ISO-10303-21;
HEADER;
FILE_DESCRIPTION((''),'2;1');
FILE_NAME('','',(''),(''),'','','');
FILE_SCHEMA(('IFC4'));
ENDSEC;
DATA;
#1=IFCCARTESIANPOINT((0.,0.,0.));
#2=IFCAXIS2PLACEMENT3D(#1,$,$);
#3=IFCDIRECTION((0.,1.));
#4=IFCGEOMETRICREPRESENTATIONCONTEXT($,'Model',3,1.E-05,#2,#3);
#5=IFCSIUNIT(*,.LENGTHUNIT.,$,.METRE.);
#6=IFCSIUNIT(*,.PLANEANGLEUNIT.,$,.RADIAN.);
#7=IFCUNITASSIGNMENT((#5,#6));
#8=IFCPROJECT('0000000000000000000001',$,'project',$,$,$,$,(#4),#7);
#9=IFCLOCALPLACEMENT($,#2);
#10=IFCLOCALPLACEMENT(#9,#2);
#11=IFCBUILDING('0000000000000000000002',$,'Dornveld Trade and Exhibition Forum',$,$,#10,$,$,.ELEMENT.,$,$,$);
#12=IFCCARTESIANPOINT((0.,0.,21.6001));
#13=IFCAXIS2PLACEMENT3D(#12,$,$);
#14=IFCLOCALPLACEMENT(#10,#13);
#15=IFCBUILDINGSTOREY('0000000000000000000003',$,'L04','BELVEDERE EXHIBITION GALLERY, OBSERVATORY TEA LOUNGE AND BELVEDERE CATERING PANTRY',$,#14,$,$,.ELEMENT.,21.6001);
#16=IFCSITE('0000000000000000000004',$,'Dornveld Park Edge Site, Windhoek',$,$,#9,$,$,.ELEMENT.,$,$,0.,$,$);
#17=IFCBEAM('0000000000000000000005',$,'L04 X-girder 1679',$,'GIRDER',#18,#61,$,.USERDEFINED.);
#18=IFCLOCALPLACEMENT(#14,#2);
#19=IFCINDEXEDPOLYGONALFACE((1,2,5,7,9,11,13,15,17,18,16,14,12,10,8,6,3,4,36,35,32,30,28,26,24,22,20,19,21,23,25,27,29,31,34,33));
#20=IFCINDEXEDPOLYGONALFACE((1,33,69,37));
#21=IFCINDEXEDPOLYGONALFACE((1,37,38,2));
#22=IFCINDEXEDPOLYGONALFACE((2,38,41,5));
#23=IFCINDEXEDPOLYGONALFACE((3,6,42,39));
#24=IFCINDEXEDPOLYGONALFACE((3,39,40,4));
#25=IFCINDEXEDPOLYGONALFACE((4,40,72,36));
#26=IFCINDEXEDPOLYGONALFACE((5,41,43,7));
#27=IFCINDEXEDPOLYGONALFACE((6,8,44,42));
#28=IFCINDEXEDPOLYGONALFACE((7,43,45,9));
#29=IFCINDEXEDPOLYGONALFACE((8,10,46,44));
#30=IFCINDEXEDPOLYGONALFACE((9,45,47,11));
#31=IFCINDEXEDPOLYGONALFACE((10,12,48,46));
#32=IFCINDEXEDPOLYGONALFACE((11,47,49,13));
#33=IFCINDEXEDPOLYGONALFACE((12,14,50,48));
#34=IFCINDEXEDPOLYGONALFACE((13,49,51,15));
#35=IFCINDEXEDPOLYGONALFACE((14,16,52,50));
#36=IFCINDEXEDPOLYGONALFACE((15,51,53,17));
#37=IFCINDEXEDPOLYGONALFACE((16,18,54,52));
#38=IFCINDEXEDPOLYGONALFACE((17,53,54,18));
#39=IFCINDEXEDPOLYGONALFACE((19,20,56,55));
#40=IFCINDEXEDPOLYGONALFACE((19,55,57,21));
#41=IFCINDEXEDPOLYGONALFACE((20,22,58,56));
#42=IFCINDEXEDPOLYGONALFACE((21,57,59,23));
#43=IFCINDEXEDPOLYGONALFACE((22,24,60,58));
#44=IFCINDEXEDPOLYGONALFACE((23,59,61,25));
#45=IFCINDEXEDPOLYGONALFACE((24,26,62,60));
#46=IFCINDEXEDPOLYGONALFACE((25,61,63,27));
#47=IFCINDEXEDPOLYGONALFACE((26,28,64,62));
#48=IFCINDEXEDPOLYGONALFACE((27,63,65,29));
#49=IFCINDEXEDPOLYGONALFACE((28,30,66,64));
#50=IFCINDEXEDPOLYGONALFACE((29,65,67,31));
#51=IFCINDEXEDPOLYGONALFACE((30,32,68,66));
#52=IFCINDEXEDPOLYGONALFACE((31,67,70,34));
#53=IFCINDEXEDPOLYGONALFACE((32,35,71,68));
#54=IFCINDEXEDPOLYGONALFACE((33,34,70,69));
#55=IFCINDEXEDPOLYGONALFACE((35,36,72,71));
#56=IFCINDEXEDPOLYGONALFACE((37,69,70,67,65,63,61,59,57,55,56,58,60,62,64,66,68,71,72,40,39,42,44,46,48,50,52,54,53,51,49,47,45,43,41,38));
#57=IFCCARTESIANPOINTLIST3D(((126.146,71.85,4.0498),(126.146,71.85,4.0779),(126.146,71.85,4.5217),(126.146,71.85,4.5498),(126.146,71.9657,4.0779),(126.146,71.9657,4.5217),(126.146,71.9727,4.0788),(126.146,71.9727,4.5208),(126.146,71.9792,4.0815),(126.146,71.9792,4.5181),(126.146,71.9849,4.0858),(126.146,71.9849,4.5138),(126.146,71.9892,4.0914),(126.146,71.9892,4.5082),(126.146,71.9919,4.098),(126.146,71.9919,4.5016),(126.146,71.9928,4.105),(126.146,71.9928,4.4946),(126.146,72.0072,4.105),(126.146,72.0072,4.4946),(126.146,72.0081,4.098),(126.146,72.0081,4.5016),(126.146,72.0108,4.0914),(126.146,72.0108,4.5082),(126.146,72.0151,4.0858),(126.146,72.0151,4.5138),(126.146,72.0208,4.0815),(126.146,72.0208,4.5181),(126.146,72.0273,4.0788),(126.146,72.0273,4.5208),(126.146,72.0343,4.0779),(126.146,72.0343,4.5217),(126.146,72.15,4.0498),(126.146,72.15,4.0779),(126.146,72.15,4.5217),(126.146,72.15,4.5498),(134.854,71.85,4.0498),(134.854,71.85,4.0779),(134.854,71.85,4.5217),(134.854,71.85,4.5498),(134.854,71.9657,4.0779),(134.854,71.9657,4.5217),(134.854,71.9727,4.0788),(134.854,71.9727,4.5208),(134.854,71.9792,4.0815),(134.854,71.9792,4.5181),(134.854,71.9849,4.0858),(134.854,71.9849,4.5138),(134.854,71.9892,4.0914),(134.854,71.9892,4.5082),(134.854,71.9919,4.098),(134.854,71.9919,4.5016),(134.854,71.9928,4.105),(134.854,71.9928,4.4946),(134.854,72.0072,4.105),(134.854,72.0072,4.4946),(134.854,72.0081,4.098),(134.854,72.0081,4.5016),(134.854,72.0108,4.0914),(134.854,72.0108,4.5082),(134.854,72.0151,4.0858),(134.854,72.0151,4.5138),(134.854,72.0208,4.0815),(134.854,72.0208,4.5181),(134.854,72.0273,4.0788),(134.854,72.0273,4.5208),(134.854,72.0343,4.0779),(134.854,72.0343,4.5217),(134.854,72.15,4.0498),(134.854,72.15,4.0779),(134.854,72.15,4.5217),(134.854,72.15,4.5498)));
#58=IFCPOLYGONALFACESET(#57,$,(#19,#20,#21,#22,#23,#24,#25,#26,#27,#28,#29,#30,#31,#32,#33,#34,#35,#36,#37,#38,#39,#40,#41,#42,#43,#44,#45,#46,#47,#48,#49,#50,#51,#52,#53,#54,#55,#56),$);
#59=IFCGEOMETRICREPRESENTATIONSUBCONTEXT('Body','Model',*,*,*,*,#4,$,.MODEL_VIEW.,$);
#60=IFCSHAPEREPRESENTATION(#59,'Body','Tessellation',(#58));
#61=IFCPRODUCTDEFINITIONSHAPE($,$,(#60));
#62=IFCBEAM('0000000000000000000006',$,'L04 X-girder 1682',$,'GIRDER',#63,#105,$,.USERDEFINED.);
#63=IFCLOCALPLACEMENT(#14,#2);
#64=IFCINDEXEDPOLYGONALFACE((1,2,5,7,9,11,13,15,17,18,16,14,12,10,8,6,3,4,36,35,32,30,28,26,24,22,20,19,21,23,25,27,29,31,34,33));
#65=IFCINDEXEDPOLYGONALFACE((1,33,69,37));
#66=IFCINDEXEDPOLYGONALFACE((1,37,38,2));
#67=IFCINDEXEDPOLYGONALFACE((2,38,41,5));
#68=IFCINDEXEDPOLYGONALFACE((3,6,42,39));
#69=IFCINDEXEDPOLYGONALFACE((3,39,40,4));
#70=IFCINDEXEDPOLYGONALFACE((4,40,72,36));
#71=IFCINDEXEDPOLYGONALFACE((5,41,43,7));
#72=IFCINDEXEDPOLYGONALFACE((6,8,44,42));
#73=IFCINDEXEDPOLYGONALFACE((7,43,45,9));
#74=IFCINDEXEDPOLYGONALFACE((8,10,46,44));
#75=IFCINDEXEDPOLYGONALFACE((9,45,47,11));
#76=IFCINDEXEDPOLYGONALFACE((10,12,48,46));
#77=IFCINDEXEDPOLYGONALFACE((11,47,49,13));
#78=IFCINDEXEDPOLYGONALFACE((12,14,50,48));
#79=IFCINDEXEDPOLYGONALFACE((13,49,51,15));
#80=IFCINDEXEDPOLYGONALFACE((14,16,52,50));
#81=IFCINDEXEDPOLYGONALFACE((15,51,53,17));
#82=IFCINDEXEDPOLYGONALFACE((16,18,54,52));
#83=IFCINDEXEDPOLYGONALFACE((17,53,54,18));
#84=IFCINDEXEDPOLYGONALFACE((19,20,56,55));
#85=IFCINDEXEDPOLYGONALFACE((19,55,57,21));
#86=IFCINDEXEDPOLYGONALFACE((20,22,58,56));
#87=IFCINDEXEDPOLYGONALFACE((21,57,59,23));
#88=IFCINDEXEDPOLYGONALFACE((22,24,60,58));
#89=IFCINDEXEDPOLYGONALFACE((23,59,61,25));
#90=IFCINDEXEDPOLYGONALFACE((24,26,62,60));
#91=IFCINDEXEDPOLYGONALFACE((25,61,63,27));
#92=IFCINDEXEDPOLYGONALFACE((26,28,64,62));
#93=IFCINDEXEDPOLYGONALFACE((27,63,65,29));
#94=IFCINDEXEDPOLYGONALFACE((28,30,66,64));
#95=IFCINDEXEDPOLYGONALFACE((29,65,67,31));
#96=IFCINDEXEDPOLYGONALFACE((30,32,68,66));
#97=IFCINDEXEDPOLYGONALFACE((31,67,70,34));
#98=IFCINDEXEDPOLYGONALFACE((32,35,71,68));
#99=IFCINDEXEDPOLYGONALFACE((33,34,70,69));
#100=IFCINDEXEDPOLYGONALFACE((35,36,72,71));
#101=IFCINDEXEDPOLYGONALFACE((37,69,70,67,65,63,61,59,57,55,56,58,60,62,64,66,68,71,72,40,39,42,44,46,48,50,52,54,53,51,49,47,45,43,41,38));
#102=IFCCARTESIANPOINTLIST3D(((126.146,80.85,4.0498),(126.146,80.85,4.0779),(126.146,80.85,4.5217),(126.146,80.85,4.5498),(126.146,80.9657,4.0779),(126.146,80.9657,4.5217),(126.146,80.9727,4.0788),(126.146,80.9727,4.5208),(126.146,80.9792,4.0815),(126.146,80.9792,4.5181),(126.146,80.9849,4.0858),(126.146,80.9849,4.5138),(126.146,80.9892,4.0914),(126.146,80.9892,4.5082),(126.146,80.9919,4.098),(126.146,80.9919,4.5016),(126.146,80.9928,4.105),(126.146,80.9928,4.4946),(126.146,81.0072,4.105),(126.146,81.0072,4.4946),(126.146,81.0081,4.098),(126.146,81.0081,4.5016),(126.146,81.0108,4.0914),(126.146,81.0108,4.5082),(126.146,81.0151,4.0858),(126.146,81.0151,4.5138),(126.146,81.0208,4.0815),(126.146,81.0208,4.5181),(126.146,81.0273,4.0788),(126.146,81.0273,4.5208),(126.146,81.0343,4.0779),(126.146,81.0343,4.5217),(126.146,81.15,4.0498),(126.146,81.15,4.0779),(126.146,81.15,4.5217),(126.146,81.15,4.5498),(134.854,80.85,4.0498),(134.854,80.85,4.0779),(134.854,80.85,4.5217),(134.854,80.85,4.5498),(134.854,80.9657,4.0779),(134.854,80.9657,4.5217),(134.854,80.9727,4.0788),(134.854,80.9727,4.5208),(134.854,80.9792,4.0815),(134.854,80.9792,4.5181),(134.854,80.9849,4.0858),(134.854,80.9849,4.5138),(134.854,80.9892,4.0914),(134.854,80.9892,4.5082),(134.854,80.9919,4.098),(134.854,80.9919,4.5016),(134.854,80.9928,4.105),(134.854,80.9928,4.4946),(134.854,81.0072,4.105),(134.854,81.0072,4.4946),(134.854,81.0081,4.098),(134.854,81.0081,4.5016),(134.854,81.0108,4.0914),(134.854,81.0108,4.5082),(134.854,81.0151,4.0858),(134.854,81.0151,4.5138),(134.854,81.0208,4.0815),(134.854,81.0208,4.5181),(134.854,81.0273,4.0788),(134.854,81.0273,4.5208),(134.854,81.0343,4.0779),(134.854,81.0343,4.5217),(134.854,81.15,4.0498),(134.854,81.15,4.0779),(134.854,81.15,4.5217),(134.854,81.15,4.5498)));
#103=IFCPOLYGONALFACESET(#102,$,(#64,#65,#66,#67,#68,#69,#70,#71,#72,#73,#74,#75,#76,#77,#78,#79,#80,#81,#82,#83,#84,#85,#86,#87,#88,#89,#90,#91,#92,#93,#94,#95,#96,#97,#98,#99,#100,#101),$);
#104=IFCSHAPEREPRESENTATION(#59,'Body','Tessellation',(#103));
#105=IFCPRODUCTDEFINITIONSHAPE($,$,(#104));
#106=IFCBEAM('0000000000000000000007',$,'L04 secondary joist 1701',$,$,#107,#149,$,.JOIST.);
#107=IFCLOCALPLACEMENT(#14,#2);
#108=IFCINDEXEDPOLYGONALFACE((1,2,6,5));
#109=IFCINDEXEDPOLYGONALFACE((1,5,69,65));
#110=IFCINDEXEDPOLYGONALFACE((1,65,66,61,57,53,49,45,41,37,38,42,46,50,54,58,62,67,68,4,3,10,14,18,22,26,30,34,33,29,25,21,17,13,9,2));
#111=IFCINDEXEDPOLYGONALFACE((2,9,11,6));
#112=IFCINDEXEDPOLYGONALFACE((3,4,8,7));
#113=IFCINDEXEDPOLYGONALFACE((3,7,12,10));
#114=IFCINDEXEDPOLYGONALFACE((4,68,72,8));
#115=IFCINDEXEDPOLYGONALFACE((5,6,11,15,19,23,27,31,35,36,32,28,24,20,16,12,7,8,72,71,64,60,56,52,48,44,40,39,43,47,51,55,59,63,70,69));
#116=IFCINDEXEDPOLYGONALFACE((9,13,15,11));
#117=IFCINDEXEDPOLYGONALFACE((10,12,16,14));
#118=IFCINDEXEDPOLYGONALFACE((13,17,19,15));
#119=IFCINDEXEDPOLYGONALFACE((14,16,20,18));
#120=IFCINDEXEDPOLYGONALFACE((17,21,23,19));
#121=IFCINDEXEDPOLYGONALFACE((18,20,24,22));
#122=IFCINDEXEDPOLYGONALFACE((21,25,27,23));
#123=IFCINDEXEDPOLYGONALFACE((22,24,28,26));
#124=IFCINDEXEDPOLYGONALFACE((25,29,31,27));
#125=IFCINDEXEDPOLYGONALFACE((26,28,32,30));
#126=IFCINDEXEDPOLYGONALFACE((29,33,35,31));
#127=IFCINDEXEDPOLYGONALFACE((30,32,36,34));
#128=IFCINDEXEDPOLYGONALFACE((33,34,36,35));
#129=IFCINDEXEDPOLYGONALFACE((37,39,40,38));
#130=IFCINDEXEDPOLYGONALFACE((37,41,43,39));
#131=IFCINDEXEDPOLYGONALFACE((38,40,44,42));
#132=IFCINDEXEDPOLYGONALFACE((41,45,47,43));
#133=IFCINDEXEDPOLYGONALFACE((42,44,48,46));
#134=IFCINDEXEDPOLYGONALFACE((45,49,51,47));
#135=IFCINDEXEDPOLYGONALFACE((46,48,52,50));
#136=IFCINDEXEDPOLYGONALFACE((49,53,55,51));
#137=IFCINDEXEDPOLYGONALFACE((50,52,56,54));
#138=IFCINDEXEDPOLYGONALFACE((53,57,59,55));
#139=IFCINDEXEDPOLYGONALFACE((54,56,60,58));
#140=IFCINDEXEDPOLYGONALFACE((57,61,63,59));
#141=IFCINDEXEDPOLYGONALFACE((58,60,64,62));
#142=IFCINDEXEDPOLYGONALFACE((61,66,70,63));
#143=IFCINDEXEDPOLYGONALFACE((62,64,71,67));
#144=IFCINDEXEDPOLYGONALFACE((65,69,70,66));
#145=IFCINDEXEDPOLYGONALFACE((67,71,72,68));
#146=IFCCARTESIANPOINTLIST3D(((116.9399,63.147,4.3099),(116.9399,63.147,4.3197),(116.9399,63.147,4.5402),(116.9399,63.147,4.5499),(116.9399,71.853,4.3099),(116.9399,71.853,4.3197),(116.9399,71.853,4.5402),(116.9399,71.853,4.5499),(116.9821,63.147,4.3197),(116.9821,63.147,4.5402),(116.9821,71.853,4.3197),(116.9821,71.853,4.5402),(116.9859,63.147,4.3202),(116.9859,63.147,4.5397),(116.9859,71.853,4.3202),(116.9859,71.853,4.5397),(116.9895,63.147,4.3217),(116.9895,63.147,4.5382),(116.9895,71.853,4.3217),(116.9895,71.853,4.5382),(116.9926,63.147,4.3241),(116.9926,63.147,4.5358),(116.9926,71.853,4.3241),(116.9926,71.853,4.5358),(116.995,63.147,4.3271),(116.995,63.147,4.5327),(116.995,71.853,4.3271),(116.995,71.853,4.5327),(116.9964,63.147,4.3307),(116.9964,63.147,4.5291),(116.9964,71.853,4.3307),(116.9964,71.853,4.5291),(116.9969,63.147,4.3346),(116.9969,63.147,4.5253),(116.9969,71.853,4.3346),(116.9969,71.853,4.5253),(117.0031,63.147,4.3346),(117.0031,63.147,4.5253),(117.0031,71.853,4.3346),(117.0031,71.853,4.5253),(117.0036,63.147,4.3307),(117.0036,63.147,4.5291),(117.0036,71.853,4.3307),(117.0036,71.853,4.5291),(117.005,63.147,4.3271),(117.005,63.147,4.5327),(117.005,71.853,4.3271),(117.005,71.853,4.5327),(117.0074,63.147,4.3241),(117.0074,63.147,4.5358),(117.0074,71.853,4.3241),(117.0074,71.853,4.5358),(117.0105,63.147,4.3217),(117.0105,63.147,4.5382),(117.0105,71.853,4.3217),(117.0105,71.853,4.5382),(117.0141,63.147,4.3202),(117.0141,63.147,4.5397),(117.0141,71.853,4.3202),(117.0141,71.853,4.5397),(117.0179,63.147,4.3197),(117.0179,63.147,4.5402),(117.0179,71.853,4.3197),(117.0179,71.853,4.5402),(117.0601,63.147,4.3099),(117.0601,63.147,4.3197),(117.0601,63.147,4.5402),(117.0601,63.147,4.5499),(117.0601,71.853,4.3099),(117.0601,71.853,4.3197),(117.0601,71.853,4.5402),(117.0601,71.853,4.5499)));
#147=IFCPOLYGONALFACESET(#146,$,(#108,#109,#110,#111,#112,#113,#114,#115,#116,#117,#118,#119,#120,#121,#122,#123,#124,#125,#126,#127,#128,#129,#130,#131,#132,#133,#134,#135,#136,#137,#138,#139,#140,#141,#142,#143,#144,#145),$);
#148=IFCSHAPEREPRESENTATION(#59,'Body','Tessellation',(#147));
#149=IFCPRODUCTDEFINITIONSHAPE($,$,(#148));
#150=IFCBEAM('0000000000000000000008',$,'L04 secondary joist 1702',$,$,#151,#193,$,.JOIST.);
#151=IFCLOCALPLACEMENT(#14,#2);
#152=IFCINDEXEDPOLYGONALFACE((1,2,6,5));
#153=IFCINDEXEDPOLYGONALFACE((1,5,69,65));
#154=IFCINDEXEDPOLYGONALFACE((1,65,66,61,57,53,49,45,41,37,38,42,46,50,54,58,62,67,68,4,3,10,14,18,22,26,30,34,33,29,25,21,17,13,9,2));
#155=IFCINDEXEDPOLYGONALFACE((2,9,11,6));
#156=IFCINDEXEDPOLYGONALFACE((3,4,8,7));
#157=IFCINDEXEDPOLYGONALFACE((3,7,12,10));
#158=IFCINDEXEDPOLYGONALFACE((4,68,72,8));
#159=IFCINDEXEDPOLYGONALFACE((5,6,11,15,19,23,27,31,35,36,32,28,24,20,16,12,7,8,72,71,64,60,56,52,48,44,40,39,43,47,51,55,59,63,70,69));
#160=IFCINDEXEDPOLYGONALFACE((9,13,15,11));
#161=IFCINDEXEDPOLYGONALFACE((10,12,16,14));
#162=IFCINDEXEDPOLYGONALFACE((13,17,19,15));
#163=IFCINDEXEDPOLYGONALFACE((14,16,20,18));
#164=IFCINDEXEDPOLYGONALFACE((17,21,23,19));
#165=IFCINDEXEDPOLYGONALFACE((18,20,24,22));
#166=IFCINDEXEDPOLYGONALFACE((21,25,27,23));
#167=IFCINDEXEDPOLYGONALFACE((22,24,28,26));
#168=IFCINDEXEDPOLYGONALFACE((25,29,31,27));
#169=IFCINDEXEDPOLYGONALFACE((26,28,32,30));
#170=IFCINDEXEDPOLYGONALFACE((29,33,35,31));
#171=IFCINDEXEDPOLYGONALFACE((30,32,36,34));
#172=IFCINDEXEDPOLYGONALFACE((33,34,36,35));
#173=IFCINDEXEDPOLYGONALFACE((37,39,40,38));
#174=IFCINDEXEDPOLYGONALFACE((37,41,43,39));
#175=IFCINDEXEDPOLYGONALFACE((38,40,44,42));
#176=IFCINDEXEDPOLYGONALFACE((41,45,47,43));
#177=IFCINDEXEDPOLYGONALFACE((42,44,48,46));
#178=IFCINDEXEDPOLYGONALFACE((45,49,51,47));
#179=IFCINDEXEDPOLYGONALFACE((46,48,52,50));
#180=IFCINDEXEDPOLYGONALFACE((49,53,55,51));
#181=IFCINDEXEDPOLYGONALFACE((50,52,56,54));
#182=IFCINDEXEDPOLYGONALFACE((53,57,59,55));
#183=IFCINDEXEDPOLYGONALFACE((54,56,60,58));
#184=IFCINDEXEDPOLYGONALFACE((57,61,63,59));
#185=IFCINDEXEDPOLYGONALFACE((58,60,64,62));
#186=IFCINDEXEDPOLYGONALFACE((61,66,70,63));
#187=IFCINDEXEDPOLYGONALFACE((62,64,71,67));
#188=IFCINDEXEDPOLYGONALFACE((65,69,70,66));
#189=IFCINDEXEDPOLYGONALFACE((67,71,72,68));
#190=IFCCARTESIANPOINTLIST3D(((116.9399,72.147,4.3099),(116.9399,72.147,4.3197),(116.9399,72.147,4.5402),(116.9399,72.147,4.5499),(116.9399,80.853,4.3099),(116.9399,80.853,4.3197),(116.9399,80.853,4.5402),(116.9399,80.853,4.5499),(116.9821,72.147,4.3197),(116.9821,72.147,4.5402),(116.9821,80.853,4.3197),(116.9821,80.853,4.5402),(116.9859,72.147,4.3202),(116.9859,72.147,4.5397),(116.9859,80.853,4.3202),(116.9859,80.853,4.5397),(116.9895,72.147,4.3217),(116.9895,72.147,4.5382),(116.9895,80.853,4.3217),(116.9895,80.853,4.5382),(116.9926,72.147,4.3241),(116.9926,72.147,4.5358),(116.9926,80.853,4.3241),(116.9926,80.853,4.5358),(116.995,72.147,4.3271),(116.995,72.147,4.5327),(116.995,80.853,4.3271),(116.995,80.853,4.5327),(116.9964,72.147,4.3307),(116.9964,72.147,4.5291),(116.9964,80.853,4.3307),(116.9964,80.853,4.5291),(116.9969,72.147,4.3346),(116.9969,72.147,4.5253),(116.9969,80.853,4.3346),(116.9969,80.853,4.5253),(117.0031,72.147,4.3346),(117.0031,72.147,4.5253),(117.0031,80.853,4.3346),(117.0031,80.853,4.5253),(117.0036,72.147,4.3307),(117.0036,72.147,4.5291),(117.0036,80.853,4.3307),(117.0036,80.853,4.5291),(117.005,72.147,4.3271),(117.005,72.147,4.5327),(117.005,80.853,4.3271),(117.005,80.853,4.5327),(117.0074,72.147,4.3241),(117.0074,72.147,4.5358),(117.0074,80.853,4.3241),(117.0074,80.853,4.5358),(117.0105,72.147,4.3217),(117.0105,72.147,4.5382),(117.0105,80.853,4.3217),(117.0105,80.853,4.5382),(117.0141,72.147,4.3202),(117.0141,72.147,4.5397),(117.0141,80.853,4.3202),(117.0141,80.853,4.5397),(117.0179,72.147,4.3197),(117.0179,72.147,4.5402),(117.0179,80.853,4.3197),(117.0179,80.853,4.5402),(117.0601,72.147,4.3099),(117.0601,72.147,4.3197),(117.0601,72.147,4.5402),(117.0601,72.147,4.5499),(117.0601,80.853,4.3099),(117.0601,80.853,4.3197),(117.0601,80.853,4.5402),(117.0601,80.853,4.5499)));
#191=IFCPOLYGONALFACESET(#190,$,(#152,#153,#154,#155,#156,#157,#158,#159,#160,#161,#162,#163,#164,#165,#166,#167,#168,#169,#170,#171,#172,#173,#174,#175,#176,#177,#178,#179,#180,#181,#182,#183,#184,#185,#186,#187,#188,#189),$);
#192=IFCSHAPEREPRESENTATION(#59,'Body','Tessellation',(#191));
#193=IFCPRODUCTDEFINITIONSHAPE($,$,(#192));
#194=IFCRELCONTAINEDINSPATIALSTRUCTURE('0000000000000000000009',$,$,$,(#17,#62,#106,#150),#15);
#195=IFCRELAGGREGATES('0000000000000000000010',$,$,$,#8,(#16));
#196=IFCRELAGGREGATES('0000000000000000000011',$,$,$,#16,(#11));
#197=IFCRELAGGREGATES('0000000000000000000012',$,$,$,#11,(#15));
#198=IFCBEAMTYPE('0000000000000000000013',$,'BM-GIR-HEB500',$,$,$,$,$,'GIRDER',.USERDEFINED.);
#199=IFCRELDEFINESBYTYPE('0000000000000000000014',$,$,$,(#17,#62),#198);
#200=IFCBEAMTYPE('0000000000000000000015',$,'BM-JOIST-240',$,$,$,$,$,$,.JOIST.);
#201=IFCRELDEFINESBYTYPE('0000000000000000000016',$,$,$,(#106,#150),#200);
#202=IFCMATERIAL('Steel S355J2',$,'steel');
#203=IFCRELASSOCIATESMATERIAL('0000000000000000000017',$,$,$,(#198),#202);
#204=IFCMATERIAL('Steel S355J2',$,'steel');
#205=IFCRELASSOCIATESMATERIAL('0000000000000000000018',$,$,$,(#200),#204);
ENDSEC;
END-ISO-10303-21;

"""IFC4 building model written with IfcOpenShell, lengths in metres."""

from ifc_helpers import new_model, si_unit, direction, frame, origin, origin_2d, place, context, subcontext, project, spatial, i_section, extrude, material, material_profile, profile_set, type_object, element, save


model = new_model("IFC4")

# Units and contexts
model_context = context("Model", 3, precision=1e-05, world=origin(), true_north=direction((0.0, 1.0)))
body_context = subcontext(model_context, "Body", "Model", "MODEL_VIEW")
ifc_project = project(units=[si_unit("LENGTHUNIT", "METRE"), si_unit("PLANEANGLEUNIT", "RADIAN")], contexts=[model_context])

# Site, building, storey
site_placement = place(None, origin())
site = spatial("IfcSite", under=ifc_project, at=site_placement, Name="Dornveld Park Edge Site, Windhoek", CompositionType="ELEMENT", RefElevation=0.0)
building_placement = place(site_placement, origin())
building = spatial("IfcBuilding", under=site, at=building_placement, Name="Dornveld Trade and Exhibition Forum", CompositionType="ELEMENT")
storey_placement = place(building_placement, frame((0.0, 0.0, 21.6001)))
storey = spatial("IfcBuildingStorey", under=building, at=storey_placement, Name="L04", Description="BELVEDERE EXHIBITION GALLERY, OBSERVATORY TEA LOUNGE AND BELVEDERE CATERING PANTRY", CompositionType="ELEMENT", Elevation=21.6001)

# Beams
ifc_material_1 = material(Name="Steel S355J2", Category="steel")
ifc_material_profile_1 = material_profile(ifc_material_1, i_section(OverallWidth=0.3, OverallDepth=0.5, WebThickness=0.0144, FlangeThickness=0.0281, FilletRadius=0.0271, at=origin_2d()), Name="HEB 500")
ifc_profile_set_1 = profile_set([ifc_material_profile_1], Name="Steel S355J2")
beam_type_1 = type_object("IfcBeamType", Name="BM-GIR-HEB500", ElementType="GIRDER", PredefinedType="USERDEFINED", material=ifc_profile_set_1)
for number, where, z_axis, x_axis, name in (
    (1, (126.146, 72.0, 4.2998), (1.0, 0.0, 0.0), (0.0, 1.0, 0.0), "L04 X-girder 1679"),
    (2, (126.146, 81.0, 4.2998), (1.0, 0.0, 0.0), (0.0, 1.0, 0.0), "L04 X-girder 1682"),
):
    element("IfcBeam", number, at=place(storey_placement, frame(where, z_axis=z_axis, x_axis=x_axis)), inside=storey, type_object=beam_type_1, Name=name, ObjectType="GIRDER", PredefinedType="USERDEFINED", context=body_context, shape_type="SweptSolid", body=[
        extrude(i_section(OverallWidth=0.3, OverallDepth=0.5, WebThickness=0.0144, FlangeThickness=0.0281, FilletRadius=0.0271, at=origin_2d()), origin(), (0.0, 0.0, 1.0), 8.708),
    ])
ifc_material_2 = material(Name="Steel S355J2", Category="steel")
ifc_material_profile_2 = material_profile(ifc_material_2, i_section(OverallWidth=0.1201, OverallDepth=0.24, WebThickness=0.0061, FlangeThickness=0.0098, FilletRadius=0.0149, at=origin_2d()), Name="IPE 240")
ifc_profile_set_2 = profile_set([ifc_material_profile_2], Name="Steel S355J2")
beam_type_2 = type_object("IfcBeamType", Name="BM-JOIST-240", PredefinedType="JOIST", material=ifc_profile_set_2)
for number, where, z_axis, x_axis, name in (
    (3, (117.0, 63.147, 4.4299), (0.0, 1.0, 0.0), (-1.0, 0.0, 0.0), "L04 secondary joist 1701"),
    (4, (117.0, 72.147, 4.4299), (0.0, 1.0, 0.0), (-1.0, 0.0, 0.0), "L04 secondary joist 1702"),
):
    element("IfcBeam", number, at=place(storey_placement, frame(where, z_axis=z_axis, x_axis=x_axis)), inside=storey, type_object=beam_type_2, Name=name, PredefinedType="JOIST", context=body_context, shape_type="SweptSolid", body=[
        extrude(i_section(OverallWidth=0.1201, OverallDepth=0.24, WebThickness=0.0061, FlangeThickness=0.0098, FilletRadius=0.0149, at=origin_2d()), origin(), (0.0, 0.0, 1.0), 8.7061),
    ])

save(model, "model.ifc")
